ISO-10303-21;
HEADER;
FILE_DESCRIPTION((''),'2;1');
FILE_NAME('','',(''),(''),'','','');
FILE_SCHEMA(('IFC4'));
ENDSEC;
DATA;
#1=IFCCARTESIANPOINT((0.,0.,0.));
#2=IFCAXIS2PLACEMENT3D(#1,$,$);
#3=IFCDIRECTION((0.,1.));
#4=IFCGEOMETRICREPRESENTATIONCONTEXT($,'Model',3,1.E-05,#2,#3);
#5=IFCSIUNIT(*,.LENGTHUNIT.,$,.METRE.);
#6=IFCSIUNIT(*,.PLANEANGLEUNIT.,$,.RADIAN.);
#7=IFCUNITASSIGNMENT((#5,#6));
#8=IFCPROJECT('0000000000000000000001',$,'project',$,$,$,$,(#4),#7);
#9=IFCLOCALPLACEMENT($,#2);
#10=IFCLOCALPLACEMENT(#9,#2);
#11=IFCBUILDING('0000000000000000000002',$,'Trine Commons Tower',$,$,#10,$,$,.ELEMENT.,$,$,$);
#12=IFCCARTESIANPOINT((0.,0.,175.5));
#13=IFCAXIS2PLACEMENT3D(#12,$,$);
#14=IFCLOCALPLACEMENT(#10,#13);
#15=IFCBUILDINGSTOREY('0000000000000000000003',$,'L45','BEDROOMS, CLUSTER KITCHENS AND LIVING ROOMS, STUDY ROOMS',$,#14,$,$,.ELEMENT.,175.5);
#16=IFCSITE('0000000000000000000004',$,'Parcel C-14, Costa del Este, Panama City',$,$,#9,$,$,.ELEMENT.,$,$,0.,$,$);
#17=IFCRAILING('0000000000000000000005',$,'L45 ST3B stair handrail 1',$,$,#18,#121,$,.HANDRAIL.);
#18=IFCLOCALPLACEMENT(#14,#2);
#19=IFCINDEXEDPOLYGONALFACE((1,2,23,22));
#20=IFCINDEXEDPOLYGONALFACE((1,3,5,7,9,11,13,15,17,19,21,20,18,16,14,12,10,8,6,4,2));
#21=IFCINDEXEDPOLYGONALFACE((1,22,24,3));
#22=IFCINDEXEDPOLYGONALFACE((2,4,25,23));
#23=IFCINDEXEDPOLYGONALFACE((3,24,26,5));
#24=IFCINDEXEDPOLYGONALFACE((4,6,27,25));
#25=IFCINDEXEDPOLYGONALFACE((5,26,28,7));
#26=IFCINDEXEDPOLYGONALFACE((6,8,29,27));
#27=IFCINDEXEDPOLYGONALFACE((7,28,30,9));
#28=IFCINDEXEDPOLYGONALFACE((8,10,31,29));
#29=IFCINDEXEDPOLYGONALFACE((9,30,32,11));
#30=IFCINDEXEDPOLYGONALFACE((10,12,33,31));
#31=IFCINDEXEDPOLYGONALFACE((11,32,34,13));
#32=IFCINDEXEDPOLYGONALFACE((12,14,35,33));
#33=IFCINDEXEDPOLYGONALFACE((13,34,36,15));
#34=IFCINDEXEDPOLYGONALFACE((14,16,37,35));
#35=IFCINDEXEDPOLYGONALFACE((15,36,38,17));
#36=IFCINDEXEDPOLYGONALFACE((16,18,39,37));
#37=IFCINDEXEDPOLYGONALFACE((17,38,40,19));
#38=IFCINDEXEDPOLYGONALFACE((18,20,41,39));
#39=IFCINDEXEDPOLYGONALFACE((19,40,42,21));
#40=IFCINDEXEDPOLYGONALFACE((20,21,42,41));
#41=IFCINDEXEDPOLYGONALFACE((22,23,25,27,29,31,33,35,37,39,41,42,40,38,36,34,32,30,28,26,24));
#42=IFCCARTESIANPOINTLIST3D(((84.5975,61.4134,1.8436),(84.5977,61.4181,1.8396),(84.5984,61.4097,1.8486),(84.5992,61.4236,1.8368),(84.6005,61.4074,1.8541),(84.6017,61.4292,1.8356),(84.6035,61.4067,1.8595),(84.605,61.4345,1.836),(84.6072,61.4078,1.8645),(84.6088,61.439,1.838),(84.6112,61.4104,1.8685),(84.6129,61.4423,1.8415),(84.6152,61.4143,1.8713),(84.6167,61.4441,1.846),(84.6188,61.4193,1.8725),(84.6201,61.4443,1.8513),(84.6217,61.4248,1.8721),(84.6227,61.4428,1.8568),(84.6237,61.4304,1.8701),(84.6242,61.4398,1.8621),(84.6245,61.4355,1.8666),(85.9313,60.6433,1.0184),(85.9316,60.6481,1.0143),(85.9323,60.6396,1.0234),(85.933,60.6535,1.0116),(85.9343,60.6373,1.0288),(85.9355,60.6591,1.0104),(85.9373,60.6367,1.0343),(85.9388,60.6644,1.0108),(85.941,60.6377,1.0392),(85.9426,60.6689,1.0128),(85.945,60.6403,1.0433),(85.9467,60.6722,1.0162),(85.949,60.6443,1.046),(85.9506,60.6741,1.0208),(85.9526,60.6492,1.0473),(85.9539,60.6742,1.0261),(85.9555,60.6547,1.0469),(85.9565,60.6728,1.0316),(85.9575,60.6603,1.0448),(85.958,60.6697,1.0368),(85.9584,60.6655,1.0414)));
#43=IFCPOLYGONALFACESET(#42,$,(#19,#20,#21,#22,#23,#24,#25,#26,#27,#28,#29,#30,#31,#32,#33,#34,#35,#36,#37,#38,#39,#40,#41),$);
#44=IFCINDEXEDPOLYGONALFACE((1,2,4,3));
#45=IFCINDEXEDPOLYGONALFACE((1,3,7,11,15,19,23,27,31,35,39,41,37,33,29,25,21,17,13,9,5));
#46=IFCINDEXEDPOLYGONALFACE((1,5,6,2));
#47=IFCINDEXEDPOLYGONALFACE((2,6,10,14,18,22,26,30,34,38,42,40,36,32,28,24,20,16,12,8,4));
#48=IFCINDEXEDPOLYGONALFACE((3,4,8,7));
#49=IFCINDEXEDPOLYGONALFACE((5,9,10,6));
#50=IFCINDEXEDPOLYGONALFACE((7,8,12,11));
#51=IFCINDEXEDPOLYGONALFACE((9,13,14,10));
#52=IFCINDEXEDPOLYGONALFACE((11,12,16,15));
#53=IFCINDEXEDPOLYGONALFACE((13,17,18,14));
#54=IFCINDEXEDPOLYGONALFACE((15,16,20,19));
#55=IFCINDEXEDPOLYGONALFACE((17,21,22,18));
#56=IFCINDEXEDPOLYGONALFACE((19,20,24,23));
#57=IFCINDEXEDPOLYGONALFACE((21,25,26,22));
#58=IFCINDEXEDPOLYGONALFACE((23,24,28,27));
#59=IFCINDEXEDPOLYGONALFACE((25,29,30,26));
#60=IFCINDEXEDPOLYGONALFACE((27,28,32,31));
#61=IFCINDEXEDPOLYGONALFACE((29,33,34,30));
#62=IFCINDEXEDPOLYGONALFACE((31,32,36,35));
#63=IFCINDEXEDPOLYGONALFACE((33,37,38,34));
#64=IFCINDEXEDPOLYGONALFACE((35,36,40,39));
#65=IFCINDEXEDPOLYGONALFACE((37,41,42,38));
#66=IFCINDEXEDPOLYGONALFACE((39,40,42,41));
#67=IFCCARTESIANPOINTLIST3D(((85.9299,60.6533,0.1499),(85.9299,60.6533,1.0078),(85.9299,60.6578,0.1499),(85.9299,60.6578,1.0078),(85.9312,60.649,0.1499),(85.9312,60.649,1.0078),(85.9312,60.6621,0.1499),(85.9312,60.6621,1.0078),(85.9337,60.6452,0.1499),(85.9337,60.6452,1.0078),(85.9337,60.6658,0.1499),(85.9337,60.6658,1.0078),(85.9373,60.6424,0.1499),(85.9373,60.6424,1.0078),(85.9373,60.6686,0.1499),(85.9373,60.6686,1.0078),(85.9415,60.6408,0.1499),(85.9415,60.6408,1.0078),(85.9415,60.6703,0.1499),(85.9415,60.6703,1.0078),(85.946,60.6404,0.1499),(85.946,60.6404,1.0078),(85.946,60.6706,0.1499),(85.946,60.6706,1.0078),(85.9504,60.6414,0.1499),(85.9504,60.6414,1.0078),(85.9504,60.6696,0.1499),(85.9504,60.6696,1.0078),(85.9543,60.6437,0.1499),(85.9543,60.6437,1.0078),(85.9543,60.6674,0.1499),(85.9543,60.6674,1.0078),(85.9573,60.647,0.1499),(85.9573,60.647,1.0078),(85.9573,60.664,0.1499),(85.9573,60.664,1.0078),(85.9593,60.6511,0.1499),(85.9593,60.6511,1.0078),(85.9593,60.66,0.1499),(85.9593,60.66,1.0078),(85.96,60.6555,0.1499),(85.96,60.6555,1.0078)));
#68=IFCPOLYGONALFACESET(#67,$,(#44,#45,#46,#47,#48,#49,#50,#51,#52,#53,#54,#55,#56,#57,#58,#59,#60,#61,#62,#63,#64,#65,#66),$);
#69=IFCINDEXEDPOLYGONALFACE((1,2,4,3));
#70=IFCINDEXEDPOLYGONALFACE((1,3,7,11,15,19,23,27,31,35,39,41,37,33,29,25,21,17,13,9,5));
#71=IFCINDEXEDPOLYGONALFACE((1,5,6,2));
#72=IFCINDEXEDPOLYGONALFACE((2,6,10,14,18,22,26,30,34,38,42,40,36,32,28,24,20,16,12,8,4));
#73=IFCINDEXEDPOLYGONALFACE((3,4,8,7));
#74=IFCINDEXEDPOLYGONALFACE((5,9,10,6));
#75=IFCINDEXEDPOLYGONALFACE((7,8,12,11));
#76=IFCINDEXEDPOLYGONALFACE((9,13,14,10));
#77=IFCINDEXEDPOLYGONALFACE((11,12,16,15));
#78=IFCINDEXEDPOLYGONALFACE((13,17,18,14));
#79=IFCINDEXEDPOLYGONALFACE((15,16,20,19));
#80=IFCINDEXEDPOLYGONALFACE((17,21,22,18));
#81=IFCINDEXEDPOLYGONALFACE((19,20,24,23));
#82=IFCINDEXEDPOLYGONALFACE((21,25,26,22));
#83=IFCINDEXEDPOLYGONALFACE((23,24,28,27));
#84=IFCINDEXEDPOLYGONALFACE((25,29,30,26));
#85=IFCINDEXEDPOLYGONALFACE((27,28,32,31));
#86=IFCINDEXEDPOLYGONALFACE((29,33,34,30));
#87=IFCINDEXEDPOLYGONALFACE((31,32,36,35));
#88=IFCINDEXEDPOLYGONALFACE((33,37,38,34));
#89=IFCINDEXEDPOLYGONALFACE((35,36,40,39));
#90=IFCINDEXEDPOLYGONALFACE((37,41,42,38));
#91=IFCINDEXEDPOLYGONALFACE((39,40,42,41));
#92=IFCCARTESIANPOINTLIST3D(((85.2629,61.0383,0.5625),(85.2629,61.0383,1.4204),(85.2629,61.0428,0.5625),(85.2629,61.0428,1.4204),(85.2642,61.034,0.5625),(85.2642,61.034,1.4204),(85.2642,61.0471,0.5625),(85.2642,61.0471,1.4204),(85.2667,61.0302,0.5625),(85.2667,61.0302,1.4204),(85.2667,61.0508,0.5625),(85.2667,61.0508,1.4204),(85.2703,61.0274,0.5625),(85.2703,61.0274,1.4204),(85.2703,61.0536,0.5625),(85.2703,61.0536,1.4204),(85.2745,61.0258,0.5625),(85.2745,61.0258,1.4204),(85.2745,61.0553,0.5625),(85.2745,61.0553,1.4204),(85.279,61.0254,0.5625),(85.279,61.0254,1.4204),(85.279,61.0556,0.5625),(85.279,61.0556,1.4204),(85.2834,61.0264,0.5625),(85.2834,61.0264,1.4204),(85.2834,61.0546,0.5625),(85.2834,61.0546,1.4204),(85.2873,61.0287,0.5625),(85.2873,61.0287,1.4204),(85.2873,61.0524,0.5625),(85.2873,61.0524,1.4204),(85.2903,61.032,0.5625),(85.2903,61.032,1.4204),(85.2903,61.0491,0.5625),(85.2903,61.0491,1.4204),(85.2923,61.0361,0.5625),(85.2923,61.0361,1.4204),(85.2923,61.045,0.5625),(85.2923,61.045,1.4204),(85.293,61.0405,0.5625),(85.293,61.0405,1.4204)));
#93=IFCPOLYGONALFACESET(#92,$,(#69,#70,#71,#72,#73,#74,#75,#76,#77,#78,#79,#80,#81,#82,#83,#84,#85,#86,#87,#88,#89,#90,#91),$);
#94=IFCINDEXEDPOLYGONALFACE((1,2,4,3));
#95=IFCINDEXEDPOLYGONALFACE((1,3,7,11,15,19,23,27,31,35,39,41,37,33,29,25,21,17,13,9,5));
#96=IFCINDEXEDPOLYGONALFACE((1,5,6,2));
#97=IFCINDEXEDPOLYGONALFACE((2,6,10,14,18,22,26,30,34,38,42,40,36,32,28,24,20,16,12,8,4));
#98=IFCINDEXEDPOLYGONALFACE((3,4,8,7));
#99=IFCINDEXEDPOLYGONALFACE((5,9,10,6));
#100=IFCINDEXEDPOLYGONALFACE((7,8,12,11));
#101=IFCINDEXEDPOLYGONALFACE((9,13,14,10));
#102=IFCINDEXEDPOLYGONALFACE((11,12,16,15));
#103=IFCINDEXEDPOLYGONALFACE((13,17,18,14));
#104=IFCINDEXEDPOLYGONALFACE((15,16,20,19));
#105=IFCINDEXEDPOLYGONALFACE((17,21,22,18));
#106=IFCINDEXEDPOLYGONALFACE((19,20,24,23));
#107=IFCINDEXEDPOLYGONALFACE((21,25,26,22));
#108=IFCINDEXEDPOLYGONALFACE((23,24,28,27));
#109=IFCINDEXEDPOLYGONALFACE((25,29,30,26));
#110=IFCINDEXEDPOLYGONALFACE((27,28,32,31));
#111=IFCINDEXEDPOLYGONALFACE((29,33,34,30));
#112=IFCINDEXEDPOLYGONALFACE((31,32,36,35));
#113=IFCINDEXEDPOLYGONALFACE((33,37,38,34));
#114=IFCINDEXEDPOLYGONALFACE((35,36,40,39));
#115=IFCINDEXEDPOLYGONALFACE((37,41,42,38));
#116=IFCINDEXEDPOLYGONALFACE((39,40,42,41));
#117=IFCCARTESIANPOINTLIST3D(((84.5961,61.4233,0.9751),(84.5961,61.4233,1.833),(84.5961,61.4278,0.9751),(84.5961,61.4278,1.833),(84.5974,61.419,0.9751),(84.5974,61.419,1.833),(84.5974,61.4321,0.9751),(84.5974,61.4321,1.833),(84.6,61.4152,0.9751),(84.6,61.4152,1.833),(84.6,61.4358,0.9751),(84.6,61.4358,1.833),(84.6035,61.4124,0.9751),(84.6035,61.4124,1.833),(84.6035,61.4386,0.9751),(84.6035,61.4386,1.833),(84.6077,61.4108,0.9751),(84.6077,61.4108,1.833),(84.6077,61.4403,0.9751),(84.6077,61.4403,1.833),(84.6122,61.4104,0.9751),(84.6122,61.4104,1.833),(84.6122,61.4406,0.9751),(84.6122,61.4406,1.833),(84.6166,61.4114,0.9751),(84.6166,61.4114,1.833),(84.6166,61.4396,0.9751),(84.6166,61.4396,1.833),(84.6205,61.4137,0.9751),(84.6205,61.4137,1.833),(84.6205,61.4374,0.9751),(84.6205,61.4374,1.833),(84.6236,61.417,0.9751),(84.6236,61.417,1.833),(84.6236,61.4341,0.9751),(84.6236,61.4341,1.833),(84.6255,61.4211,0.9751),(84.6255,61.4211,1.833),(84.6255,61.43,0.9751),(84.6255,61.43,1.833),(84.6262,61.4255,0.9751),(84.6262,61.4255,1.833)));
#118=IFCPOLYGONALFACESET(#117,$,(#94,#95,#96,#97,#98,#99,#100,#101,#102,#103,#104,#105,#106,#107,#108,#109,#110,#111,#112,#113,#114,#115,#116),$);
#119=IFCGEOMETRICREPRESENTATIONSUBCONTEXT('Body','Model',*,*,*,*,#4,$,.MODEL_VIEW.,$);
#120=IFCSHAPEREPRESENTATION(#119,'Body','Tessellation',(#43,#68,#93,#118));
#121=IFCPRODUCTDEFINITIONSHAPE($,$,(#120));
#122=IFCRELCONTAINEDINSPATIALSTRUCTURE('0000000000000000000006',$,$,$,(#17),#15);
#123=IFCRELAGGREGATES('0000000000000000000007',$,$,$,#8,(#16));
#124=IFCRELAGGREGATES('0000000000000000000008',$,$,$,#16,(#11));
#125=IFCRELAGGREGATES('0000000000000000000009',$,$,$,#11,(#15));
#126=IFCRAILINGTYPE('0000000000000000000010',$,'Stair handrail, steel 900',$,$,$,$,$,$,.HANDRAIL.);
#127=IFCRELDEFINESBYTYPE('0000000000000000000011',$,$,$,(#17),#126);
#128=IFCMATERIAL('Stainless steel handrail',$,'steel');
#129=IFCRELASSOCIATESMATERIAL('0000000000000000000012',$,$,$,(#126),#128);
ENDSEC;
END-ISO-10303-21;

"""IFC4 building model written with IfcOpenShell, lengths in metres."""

from ifc_helpers import new_model, si_unit, direction, frame, origin, origin_2d, place, context, subcontext, project, spatial, circle, extrude, material, type_object, element, save


model = new_model("IFC4")

# Units and contexts
model_context = context("Model", 3, precision=1e-05, world=origin(), true_north=direction((0.0, 1.0)))
body_context = subcontext(model_context, "Body", "Model", "MODEL_VIEW")
ifc_project = project(units=[si_unit("LENGTHUNIT", "METRE"), si_unit("PLANEANGLEUNIT", "RADIAN")], contexts=[model_context])

# Site, building, storey
site_placement = place(None, origin())
site = spatial("IfcSite", under=ifc_project, at=site_placement, Name="Parcel C-14, Costa del Este, Panama City", CompositionType="ELEMENT", RefElevation=0.0)
building_placement = place(site_placement, origin())
building = spatial("IfcBuilding", under=site, at=building_placement, Name="Trine Commons Tower", CompositionType="ELEMENT")
storey_placement = place(building_placement, frame((0.0, 0.0, 175.5)))
storey = spatial("IfcBuildingStorey", under=building, at=storey_placement, Name="L45", Description="BEDROOMS, CLUSTER KITCHENS AND LIVING ROOMS, STUDY ROOMS", CompositionType="ELEMENT", Elevation=175.5)

# Railing
ifc_material_1 = material(Name="Stainless steel handrail", Category="steel")
railing_type = type_object("IfcRailingType", Name="Stair handrail, steel 900", PredefinedType="HANDRAIL", material=ifc_material_1)
railing_placement = place(storey_placement, frame((85.9448, 60.6555, 0.1499)))
element("IfcRailing", 1, at=railing_placement, inside=storey, type_object=railing_type, Name="L45 ST3B stair handrail 1", PredefinedType="HANDRAIL", context=body_context, shape_type="SweptSolid", body=[
    extrude(circle(Radius=0.021, at=origin_2d()), frame((0.0, 0.0, 0.8789), z_axis=(-0.763355, 0.440714, 0.472293), x_axis=(-0.499992, -0.86603, 0.0)), (0.0, 0.0, 1.0), 1.7473),
    extrude(circle(Radius=0.0151, at=origin_2d()), origin(), (0.0, 0.0, 1.0), 0.8579),
    extrude(circle(Radius=0.0151, at=origin_2d()), frame((-0.667, 0.385, 0.4126)), (0.0, 0.0, 1.0), 0.8579),
    extrude(circle(Radius=0.0151, at=origin_2d()), frame((-1.3337, 0.77, 0.8252)), (0.0, 0.0, 1.0), 0.8579),
])

save(model, "model.ifc")
